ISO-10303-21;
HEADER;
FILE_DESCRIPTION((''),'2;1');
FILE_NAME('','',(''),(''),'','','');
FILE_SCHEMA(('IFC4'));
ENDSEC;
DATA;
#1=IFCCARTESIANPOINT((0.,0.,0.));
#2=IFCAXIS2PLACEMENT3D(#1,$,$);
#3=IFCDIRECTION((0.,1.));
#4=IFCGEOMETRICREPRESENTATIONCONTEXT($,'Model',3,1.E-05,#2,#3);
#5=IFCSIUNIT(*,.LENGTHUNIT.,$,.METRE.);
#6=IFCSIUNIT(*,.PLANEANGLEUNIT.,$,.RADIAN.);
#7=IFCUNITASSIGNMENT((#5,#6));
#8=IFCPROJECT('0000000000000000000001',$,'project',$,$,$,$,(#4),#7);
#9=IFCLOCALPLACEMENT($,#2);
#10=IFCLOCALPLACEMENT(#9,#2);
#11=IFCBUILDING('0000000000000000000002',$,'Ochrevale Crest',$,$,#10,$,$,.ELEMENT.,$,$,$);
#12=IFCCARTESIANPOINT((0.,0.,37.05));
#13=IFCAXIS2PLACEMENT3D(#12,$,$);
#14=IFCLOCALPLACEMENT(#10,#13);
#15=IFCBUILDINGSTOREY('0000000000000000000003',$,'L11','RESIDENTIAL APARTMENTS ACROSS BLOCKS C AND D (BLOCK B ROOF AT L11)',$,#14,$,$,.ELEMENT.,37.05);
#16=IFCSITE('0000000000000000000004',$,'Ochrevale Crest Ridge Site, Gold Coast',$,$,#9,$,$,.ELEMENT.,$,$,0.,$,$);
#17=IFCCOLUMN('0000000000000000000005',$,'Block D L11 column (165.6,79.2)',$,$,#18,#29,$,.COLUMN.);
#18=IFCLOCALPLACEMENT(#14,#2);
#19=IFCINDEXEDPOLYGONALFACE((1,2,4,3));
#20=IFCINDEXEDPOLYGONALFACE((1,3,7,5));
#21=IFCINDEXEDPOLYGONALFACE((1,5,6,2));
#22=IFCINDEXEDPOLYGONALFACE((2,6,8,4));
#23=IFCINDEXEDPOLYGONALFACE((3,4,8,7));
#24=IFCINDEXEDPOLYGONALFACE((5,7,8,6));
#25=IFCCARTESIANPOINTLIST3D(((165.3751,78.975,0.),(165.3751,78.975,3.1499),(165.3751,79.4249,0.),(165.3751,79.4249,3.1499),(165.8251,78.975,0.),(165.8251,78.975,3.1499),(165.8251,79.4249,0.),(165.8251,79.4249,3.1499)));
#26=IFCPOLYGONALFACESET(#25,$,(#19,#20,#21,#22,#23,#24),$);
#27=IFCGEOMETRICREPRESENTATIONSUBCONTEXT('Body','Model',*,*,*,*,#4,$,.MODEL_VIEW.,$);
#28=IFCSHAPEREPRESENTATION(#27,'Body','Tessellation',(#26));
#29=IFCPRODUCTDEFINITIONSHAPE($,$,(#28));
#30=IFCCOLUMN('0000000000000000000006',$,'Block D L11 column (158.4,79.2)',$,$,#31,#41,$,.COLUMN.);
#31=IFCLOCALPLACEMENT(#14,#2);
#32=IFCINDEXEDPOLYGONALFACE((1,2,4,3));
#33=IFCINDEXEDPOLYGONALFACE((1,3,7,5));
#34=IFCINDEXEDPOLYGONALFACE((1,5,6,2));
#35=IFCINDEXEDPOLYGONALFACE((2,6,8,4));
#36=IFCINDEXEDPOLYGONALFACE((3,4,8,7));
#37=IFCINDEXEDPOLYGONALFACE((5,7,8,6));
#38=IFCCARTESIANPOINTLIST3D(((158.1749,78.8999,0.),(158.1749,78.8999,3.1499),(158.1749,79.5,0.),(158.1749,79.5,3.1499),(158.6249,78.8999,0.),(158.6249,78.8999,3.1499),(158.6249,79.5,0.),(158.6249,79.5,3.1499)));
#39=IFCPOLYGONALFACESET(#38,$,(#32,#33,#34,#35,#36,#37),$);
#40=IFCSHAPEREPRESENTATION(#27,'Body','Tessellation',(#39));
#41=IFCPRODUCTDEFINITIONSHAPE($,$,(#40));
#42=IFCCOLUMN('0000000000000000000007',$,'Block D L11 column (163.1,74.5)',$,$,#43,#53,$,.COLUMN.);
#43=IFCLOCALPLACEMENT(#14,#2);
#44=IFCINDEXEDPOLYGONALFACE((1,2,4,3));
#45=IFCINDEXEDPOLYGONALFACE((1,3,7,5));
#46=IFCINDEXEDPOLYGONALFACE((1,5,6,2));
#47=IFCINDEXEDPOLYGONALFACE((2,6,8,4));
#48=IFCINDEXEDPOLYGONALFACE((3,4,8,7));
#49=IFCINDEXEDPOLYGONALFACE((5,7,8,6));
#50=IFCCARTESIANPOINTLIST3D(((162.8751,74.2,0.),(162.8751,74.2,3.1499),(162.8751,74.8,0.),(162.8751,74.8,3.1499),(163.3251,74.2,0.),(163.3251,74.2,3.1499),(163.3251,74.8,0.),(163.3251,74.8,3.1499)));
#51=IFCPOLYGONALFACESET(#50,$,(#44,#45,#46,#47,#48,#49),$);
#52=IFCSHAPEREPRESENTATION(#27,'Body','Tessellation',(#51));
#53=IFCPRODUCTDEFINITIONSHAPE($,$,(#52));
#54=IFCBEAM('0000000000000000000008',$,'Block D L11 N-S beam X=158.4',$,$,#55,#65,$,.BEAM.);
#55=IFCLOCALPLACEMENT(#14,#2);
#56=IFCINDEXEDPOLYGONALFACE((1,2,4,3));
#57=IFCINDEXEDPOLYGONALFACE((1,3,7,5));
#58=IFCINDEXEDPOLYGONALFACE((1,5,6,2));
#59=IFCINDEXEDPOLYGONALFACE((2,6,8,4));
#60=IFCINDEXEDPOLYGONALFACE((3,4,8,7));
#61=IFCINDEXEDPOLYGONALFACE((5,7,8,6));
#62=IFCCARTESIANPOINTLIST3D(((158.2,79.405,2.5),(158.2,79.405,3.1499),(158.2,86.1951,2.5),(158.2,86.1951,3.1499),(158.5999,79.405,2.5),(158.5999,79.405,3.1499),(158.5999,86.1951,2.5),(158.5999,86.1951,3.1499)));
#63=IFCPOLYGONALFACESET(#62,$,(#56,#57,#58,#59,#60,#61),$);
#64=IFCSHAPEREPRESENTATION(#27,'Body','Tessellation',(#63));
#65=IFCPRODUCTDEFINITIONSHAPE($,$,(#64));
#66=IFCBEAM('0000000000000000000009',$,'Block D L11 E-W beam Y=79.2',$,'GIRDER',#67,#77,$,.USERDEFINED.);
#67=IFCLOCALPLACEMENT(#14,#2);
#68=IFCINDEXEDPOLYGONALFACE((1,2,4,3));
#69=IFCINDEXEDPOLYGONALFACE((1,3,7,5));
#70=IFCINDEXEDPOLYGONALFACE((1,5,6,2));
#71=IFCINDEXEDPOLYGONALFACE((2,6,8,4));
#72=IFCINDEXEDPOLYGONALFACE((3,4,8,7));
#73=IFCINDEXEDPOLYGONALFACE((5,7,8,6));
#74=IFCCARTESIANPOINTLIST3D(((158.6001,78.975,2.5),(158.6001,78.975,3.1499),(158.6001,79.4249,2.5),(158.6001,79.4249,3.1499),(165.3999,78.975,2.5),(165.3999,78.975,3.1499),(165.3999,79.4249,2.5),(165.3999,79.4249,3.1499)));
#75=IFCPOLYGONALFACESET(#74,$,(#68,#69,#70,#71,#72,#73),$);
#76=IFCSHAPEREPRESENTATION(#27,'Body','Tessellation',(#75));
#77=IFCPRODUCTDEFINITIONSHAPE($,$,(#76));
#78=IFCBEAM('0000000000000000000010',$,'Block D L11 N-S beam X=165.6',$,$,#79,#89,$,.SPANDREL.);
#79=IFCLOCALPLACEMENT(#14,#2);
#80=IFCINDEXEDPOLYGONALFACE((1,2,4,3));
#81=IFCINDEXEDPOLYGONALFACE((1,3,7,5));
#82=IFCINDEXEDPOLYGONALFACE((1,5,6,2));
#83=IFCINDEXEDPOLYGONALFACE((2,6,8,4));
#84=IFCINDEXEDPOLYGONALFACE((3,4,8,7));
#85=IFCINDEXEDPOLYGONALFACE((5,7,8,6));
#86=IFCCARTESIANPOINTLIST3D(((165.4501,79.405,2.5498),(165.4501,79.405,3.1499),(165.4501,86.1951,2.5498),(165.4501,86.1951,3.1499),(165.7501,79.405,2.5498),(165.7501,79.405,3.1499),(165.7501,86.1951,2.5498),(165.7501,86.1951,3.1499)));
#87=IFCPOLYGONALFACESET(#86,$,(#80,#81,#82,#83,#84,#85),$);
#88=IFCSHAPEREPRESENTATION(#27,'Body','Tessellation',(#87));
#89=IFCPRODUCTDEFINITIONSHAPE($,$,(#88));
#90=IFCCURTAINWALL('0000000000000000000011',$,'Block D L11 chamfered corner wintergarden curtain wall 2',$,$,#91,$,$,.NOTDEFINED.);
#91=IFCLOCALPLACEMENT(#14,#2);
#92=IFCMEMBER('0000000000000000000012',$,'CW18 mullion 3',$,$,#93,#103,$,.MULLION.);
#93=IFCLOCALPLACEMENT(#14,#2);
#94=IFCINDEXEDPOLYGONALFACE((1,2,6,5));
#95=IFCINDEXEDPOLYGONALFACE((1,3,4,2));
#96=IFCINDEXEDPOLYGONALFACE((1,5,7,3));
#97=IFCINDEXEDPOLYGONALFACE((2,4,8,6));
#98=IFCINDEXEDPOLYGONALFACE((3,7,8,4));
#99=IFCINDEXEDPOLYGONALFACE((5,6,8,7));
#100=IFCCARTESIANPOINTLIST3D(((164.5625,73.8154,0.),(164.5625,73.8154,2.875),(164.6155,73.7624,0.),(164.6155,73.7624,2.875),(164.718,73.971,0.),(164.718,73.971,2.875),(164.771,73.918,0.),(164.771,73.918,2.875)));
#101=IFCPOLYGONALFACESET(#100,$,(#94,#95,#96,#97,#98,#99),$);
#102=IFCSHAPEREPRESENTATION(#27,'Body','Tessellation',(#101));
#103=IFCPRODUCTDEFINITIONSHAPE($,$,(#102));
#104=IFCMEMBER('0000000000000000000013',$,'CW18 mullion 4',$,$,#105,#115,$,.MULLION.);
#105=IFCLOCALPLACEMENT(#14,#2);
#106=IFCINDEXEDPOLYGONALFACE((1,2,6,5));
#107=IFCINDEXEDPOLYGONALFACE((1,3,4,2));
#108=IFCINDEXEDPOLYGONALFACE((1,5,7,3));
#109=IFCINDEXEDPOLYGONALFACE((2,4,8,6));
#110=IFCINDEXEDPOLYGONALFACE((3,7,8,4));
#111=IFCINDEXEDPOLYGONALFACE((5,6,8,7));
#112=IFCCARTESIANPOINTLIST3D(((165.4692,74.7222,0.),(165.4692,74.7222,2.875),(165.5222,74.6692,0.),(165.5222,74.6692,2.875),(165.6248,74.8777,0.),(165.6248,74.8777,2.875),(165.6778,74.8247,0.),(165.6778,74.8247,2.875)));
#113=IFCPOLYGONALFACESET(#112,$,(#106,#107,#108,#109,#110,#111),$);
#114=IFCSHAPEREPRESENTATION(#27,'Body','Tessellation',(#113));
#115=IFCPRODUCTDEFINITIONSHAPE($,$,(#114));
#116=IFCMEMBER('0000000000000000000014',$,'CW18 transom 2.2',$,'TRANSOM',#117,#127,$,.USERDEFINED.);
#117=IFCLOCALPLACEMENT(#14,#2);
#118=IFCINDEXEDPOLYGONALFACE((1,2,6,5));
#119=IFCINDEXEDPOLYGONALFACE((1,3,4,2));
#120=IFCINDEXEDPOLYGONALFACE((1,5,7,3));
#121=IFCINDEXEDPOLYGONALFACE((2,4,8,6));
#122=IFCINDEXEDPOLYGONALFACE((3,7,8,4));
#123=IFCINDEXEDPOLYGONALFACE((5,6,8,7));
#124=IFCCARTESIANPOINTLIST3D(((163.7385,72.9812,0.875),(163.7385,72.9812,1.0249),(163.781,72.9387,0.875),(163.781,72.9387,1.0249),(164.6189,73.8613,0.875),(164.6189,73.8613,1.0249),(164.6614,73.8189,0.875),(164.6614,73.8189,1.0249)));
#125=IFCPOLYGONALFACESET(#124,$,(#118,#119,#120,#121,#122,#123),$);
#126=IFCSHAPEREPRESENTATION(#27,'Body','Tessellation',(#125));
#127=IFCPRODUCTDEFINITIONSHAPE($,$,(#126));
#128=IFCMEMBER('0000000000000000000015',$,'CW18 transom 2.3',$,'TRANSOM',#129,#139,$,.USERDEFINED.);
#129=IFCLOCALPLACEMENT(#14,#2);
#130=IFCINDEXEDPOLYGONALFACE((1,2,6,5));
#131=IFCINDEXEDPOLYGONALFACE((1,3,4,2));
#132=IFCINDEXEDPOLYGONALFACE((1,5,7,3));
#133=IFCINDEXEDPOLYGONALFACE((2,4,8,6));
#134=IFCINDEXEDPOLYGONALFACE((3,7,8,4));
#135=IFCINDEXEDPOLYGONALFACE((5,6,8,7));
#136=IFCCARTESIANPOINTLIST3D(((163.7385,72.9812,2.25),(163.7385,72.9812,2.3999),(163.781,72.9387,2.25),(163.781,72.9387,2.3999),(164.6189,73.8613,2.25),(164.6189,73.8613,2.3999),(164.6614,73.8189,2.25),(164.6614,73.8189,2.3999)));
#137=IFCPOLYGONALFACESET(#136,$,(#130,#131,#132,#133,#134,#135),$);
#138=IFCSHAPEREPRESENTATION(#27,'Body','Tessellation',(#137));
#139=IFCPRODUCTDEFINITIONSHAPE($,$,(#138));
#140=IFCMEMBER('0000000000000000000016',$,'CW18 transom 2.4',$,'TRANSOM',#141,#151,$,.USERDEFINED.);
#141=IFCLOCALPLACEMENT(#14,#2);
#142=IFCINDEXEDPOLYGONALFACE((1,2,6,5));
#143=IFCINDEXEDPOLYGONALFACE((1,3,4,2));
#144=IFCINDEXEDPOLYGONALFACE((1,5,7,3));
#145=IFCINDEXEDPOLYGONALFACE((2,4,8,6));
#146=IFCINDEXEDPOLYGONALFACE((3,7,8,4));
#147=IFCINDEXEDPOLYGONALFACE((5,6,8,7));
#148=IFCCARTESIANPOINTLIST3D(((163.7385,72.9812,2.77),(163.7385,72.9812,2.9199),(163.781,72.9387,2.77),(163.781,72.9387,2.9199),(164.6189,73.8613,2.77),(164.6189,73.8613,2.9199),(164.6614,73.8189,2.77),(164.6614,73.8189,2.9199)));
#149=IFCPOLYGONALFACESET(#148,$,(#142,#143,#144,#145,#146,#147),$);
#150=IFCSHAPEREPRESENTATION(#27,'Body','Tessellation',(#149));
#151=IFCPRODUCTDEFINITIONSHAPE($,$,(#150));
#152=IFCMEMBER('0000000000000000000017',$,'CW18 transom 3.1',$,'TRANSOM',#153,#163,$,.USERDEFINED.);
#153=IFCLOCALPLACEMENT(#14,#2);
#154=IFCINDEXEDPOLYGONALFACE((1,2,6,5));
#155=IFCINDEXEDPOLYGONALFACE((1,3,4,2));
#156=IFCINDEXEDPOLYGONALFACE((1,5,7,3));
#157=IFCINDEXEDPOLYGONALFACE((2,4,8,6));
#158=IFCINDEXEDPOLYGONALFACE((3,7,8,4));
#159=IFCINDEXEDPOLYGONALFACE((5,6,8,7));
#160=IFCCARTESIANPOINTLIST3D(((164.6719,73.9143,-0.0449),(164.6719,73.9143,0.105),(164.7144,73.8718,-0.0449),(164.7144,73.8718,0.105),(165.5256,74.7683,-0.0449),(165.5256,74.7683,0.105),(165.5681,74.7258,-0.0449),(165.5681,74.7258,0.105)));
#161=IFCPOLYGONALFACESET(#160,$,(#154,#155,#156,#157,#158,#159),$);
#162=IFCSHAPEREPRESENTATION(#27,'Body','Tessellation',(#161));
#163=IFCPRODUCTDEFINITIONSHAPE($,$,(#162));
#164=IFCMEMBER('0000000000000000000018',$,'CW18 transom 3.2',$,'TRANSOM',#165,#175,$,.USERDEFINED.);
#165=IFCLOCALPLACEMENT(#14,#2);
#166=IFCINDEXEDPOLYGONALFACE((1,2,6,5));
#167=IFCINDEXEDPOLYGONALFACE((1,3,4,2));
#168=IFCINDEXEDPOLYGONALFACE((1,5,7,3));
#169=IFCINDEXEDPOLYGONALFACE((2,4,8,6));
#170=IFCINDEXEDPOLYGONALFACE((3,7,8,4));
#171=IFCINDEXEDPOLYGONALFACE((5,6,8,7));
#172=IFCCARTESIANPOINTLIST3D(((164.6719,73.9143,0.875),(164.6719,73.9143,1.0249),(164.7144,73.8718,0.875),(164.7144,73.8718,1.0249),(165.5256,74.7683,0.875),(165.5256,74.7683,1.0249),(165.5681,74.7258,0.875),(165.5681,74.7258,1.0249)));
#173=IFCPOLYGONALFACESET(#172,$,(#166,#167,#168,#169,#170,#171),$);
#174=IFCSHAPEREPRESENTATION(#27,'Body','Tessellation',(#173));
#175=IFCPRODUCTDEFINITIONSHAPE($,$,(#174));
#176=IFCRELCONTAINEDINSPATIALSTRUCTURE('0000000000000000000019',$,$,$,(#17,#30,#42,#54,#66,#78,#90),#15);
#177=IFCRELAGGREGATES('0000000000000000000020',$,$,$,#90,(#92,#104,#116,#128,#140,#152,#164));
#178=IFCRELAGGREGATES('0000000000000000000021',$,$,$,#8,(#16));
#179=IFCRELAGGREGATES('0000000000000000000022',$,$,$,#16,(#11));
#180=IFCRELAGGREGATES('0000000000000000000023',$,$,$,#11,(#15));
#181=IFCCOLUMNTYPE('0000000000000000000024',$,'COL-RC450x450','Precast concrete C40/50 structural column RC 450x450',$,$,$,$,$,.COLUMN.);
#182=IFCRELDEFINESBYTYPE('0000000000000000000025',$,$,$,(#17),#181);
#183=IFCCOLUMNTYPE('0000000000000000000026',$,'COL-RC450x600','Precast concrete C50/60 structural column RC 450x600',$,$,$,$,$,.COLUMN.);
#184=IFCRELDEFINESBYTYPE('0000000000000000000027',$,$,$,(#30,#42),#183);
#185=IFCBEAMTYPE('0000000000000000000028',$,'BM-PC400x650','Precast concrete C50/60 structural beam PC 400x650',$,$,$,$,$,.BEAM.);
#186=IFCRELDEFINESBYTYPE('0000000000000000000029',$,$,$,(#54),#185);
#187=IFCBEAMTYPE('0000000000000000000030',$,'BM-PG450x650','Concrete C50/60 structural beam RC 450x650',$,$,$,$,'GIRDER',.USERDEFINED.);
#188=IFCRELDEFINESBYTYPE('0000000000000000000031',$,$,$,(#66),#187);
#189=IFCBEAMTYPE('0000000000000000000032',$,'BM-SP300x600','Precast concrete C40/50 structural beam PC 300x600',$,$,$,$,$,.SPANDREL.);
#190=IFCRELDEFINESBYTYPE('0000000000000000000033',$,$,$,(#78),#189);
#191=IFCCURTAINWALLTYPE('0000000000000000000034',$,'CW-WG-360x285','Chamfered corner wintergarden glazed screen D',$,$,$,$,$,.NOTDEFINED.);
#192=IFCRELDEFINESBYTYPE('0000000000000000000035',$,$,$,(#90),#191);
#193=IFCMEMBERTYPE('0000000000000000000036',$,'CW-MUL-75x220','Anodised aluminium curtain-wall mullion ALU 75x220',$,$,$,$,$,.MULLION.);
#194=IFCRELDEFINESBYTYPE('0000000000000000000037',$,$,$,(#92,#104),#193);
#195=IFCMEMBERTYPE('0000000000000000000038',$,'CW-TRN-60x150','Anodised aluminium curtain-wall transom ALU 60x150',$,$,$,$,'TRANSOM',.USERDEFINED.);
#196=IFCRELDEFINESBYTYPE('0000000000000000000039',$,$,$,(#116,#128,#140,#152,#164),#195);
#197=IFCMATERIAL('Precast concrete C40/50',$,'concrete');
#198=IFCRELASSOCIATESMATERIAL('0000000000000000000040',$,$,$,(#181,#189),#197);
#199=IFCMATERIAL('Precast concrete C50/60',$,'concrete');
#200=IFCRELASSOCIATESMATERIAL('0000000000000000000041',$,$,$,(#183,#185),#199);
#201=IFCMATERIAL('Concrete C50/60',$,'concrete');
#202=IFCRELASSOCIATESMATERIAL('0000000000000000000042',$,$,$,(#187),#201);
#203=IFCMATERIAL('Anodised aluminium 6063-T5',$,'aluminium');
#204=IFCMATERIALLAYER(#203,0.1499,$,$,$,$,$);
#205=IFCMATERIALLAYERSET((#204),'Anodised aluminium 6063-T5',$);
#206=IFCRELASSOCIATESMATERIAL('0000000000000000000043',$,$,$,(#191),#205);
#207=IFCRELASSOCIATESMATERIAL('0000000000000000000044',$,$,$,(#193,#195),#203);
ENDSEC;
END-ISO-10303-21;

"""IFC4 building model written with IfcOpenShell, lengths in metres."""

from ifc_helpers import new_model, si_unit, direction, frame, origin, origin_2d, place, context, subcontext, project, spatial, rectangle, extrude, material, layer, layer_set, material_profile, profile_set, type_object, element, aggregate, save


model = new_model("IFC4")

# Units and contexts
model_context = context("Model", 3, precision=1e-05, world=origin(), true_north=direction((0.0, 1.0)))
body_context = subcontext(model_context, "Body", "Model", "MODEL_VIEW")
ifc_project = project(units=[si_unit("LENGTHUNIT", "METRE"), si_unit("PLANEANGLEUNIT", "RADIAN")], contexts=[model_context])

# Site, building, storey
site_placement = place(None, origin())
site = spatial("IfcSite", under=ifc_project, at=site_placement, Name="Ochrevale Crest Ridge Site, Gold Coast", CompositionType="ELEMENT", RefElevation=0.0)
building_placement = place(site_placement, origin())
building = spatial("IfcBuilding", under=site, at=building_placement, Name="Ochrevale Crest", CompositionType="ELEMENT")
storey_placement = place(building_placement, frame((0.0, 0.0, 37.05)))
storey = spatial("IfcBuildingStorey", under=building, at=storey_placement, Name="L11", Description="RESIDENTIAL APARTMENTS ACROSS BLOCKS C AND D (BLOCK B ROOF AT L11)", CompositionType="ELEMENT", Elevation=37.05)

# Columns
ifc_material_1 = material(Name="Precast concrete C40/50", Category="concrete")
ifc_material_profile_1 = material_profile(ifc_material_1, rectangle(XDim=0.45, YDim=0.45, at=origin_2d()), Name="RC 450x450")
ifc_profile_set_1 = profile_set([ifc_material_profile_1], Name="Precast concrete C40/50")
column_type_1 = type_object("IfcColumnType", Name="COL-RC450x450", Description="Precast concrete C40/50 structural column RC 450x450", PredefinedType="COLUMN", material=ifc_profile_set_1)
column_placement = place(storey_placement, frame((165.6001, 79.2, 0.0), z_axis=(0.0, 0.0, 1.0), x_axis=(1.0, 0.0, 0.0)))
element("IfcColumn", 1, at=column_placement, inside=storey, type_object=column_type_1, Name="Block D L11 column (165.6,79.2)", PredefinedType="COLUMN", context=body_context, shape_type="SweptSolid", body=[
    extrude(rectangle(XDim=0.45, YDim=0.45, at=origin_2d()), origin(), (0.0, 0.0, 1.0), 3.1499),
])
ifc_material_2 = material(Name="Precast concrete C50/60", Category="concrete")
ifc_material_profile_2 = material_profile(ifc_material_2, rectangle(XDim=0.45, YDim=0.6001, at=origin_2d()), Name="RC 450x600")
ifc_profile_set_2 = profile_set([ifc_material_profile_2], Name="Precast concrete C50/60")
column_type_2 = type_object("IfcColumnType", Name="COL-RC450x600", Description="Precast concrete C50/60 structural column RC 450x600", PredefinedType="COLUMN", material=ifc_profile_set_2)
for number, where, z_axis, x_axis, name in (
    (2, (158.3999, 79.2, 0.0), (0.0, 0.0, 1.0), (1.0, 0.0, 0.0), "Block D L11 column (158.4,79.2)"),
    (3, (163.1001, 74.5, 0.0), (0.0, 0.0, 1.0), (1.0, 0.0, 0.0), "Block D L11 column (163.1,74.5)"),
):
    element("IfcColumn", number, at=place(storey_placement, frame(where, z_axis=z_axis, x_axis=x_axis)), inside=storey, type_object=column_type_2, Name=name, PredefinedType="COLUMN", context=body_context, shape_type="SweptSolid", body=[
        extrude(rectangle(XDim=0.45, YDim=0.6001, at=origin_2d()), origin(), (0.0, 0.0, 1.0), 3.1499),
    ])

# Beams
ifc_material_profile_3 = material_profile(ifc_material_2, rectangle(XDim=0.3999, YDim=0.6499, at=origin_2d()), Name="PC 400x650")
ifc_profile_set_3 = profile_set([ifc_material_profile_3], Name="Precast concrete C50/60")
beam_type_1 = type_object("IfcBeamType", Name="BM-PC400x650", Description="Precast concrete C50/60 structural beam PC 400x650", PredefinedType="BEAM", material=ifc_profile_set_3)
beam_1_placement = place(storey_placement, frame((158.3999, 79.405, 2.825), z_axis=(0.0, 1.0, 0.0), x_axis=(-1.0, 0.0, 0.0)))
element("IfcBeam", 4, at=beam_1_placement, inside=storey, type_object=beam_type_1, Name="Block D L11 N-S beam X=158.4", PredefinedType="BEAM", context=body_context, shape_type="SweptSolid", body=[
    extrude(rectangle(XDim=0.3999, YDim=0.6499, at=origin_2d()), origin(), (0.0, 0.0, 1.0), 6.79),
])
ifc_material_3 = material(Name="Concrete C50/60", Category="concrete")
ifc_material_profile_4 = material_profile(ifc_material_3, rectangle(XDim=0.45, YDim=0.6499, at=origin_2d()), Name="RC 450x650")
ifc_profile_set_4 = profile_set([ifc_material_profile_4], Name="Concrete C50/60")
beam_type_2 = type_object("IfcBeamType", Name="BM-PG450x650", Description="Concrete C50/60 structural beam RC 450x650", ElementType="GIRDER", PredefinedType="USERDEFINED", material=ifc_profile_set_4)
beam_2_placement = place(storey_placement, frame((158.6001, 79.2, 2.825), z_axis=(1.0, 0.0, 0.0), x_axis=(0.0, 1.0, 0.0)))
element("IfcBeam", 5, at=beam_2_placement, inside=storey, type_object=beam_type_2, Name="Block D L11 E-W beam Y=79.2", ObjectType="GIRDER", PredefinedType="USERDEFINED", context=body_context, shape_type="SweptSolid", body=[
    extrude(rectangle(XDim=0.45, YDim=0.6499, at=origin_2d()), origin(), (0.0, 0.0, 1.0), 6.7998),
])
ifc_material_profile_5 = material_profile(ifc_material_1, rectangle(XDim=0.3, YDim=0.6001, at=origin_2d()), Name="PC 300x600")
ifc_profile_set_5 = profile_set([ifc_material_profile_5], Name="Precast concrete C40/50")
beam_type_3 = type_object("IfcBeamType", Name="BM-SP300x600", Description="Precast concrete C40/50 structural beam PC 300x600", PredefinedType="SPANDREL", material=ifc_profile_set_5)
beam_3_placement = place(storey_placement, frame((165.6001, 79.405, 2.8499), z_axis=(0.0, 1.0, 0.0), x_axis=(-1.0, 0.0, 0.0)))
element("IfcBeam", 6, at=beam_3_placement, inside=storey, type_object=beam_type_3, Name="Block D L11 N-S beam X=165.6", PredefinedType="SPANDREL", context=body_context, shape_type="SweptSolid", body=[
    extrude(rectangle(XDim=0.3, YDim=0.6001, at=origin_2d()), origin(), (0.0, 0.0, 1.0), 6.79),
])

# Curtain wall, members
ifc_material_4 = material(Name="Anodised aluminium 6063-T5", Category="aluminium")
ifc_layer_1 = layer(ifc_material_4, 0.1499)
ifc_layer_set_1 = layer_set([ifc_layer_1], Name="Anodised aluminium 6063-T5")
curtain_wall_type = type_object("IfcCurtainWallType", Name="CW-WG-360x285", Description="Chamfered corner wintergarden glazed screen D", PredefinedType="NOTDEFINED", material=ifc_layer_set_1)
curtain_wall_placement = place(storey_placement, origin())
curtain_wall = element("IfcCurtainWall", 7, at=curtain_wall_placement, inside=storey, type_object=curtain_wall_type, Name="Block D L11 chamfered corner wintergarden curtain wall 2", PredefinedType="NOTDEFINED")
ifc_material_profile_6 = material_profile(ifc_material_4, rectangle(XDim=0.075, YDim=0.22, at=origin_2d()), Name="ALU 75x220")
ifc_profile_set_6 = profile_set([ifc_material_profile_6], Name="Anodised aluminium 6063-T5")
member_type_1 = type_object("IfcMemberType", Name="CW-MUL-75x220", Description="Anodised aluminium curtain-wall mullion ALU 75x220", PredefinedType="MULLION", material=ifc_profile_set_6)
member_1_placement = place(storey_placement, frame((164.6667, 73.8667, 0.0), z_axis=(0.0, 0.0, 1.0), x_axis=(-0.707107, 0.707107, 0.0)))
member_1 = element("IfcMember", 8, at=member_1_placement, type_object=member_type_1, Name="CW18 mullion 3", PredefinedType="MULLION", context=body_context, shape_type="SweptSolid", body=[
    extrude(rectangle(XDim=0.075, YDim=0.22, at=origin_2d()), origin(), (0.0, 0.0, 1.0), 2.875),
])
member_2_placement = place(storey_placement, frame((165.5735, 74.7734, 0.0), z_axis=(0.0, 0.0, 1.0), x_axis=(-0.707107, 0.707107, 0.0)))
member_2 = element("IfcMember", 9, at=member_2_placement, type_object=member_type_1, Name="CW18 mullion 4", PredefinedType="MULLION", context=body_context, shape_type="SweptSolid", body=[
    extrude(rectangle(XDim=0.075, YDim=0.22, at=origin_2d()), origin(), (0.0, 0.0, 1.0), 2.875),
])
ifc_material_profile_7 = material_profile(ifc_material_4, rectangle(XDim=0.0601, YDim=0.1499, at=origin_2d()), Name="ALU 60x150")
ifc_profile_set_7 = profile_set([ifc_material_profile_7], Name="Anodised aluminium 6063-T5")
member_type_2 = type_object("IfcMemberType", Name="CW-TRN-60x150", Description="Anodised aluminium curtain-wall transom ALU 60x150", ElementType="TRANSOM", PredefinedType="USERDEFINED", material=ifc_profile_set_7)
member_3_placement = place(storey_placement, frame((163.7598, 72.96, 0.95), z_axis=(0.707205, 0.707009, 0.0), x_axis=(-0.707009, 0.707205, 0.0)))
member_3 = element("IfcMember", 10, at=member_3_placement, type_object=member_type_2, Name="CW18 transom 2.2", ObjectType="TRANSOM", PredefinedType="USERDEFINED", context=body_context, shape_type="SweptSolid", body=[
    extrude(rectangle(XDim=0.0601, YDim=0.1499, at=origin_2d()), origin(), (0.0, 0.0, 1.0), 1.2449),
])
member_4_placement = place(storey_placement, frame((163.7598, 72.96, 2.325), z_axis=(0.707205, 0.707009, 0.0), x_axis=(-0.707009, 0.707205, 0.0)))
member_4 = element("IfcMember", 11, at=member_4_placement, type_object=member_type_2, Name="CW18 transom 2.3", ObjectType="TRANSOM", PredefinedType="USERDEFINED", context=body_context, shape_type="SweptSolid", body=[
    extrude(rectangle(XDim=0.0601, YDim=0.1499, at=origin_2d()), origin(), (0.0, 0.0, 1.0), 1.2449),
])
member_5_placement = place(storey_placement, frame((163.7598, 72.96, 2.845), z_axis=(0.707205, 0.707009, 0.0), x_axis=(-0.707009, 0.707205, 0.0)))
member_5 = element("IfcMember", 12, at=member_5_placement, type_object=member_type_2, Name="CW18 transom 2.4", ObjectType="TRANSOM", PredefinedType="USERDEFINED", context=body_context, shape_type="SweptSolid", body=[
    extrude(rectangle(XDim=0.0601, YDim=0.1499, at=origin_2d()), origin(), (0.0, 0.0, 1.0), 1.2449),
])
member_6_placement = place(storey_placement, frame((164.6931, 73.8931, 0.03), z_axis=(0.707006, 0.707208, 0.0), x_axis=(-0.707208, 0.707006, 0.0)))
member_6 = element("IfcMember", 13, at=member_6_placement, type_object=member_type_2, Name="CW18 transom 3.1", ObjectType="TRANSOM", PredefinedType="USERDEFINED", context=body_context, shape_type="SweptSolid", body=[
    extrude(rectangle(XDim=0.0601, YDim=0.1499, at=origin_2d()), origin(), (0.0, 0.0, 1.0), 1.2075),
])
member_7_placement = place(storey_placement, frame((164.6931, 73.8931, 0.95), z_axis=(0.707006, 0.707208, 0.0), x_axis=(-0.707208, 0.707006, 0.0)))
member_7 = element("IfcMember", 14, at=member_7_placement, type_object=member_type_2, Name="CW18 transom 3.2", ObjectType="TRANSOM", PredefinedType="USERDEFINED", context=body_context, shape_type="SweptSolid", body=[
    extrude(rectangle(XDim=0.0601, YDim=0.1499, at=origin_2d()), origin(), (0.0, 0.0, 1.0), 1.2075),
])
aggregate(curtain_wall, [member_1, member_2, member_3, member_4, member_5, member_6, member_7])

save(model, "model.ifc")
